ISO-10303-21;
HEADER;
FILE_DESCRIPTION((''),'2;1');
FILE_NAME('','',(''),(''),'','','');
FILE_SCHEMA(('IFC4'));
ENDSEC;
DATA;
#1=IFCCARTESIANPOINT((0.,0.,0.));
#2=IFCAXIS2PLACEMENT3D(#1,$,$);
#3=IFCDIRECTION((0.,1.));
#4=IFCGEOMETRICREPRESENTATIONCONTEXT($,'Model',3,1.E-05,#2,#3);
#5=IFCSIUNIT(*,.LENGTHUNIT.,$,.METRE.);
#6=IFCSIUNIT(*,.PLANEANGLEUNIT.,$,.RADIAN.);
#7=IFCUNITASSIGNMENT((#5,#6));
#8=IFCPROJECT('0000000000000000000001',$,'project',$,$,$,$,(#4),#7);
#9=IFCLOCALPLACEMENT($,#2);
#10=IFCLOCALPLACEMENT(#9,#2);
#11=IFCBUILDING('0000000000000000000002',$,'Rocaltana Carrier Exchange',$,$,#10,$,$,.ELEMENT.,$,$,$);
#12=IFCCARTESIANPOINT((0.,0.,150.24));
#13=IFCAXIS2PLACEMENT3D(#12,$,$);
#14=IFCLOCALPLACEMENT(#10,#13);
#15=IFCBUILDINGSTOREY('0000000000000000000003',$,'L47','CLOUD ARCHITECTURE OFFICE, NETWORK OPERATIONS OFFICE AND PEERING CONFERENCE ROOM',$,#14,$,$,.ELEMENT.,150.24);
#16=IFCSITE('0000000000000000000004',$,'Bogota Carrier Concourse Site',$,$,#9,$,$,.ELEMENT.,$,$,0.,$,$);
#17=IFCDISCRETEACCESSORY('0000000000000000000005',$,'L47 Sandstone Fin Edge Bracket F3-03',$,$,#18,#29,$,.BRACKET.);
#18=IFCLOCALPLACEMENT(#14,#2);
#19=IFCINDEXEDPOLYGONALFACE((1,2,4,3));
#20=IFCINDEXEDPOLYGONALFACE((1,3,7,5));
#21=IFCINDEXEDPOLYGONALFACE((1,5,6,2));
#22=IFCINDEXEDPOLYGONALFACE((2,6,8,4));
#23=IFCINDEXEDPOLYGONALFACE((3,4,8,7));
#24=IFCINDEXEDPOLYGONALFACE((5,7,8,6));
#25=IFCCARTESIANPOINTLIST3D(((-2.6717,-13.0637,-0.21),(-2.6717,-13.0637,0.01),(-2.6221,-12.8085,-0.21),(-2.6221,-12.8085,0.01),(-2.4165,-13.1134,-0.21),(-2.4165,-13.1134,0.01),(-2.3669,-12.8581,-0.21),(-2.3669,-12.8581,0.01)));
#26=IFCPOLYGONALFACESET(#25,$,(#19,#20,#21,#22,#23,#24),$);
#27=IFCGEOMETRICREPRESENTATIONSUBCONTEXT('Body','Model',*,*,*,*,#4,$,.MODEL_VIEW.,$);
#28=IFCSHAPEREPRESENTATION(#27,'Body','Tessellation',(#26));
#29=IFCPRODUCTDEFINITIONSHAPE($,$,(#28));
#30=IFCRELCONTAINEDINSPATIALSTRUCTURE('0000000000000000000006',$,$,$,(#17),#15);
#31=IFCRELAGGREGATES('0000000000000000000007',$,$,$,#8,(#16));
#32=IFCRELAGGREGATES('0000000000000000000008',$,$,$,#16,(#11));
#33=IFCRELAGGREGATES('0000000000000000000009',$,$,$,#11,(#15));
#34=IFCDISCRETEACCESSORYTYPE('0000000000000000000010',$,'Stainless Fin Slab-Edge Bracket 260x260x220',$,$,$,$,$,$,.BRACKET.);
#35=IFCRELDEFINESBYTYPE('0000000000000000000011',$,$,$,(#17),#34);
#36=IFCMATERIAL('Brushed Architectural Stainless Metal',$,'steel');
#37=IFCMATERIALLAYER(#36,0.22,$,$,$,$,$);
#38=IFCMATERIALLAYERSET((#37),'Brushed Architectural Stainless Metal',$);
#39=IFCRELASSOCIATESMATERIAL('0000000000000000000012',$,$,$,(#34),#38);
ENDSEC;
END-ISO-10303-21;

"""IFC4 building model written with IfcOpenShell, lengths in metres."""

from ifc_helpers import new_model, si_unit, direction, frame, origin, origin_2d, place, context, subcontext, project, spatial, rectangle, extrude, material, layer, layer_set, type_object, element, save


model = new_model("IFC4")

# Units and contexts
model_context = context("Model", 3, precision=1e-05, world=origin(), true_north=direction((0.0, 1.0)))
body_context = subcontext(model_context, "Body", "Model", "MODEL_VIEW")
ifc_project = project(units=[si_unit("LENGTHUNIT", "METRE"), si_unit("PLANEANGLEUNIT", "RADIAN")], contexts=[model_context])

# Site, building, storey
site_placement = place(None, origin())
site = spatial("IfcSite", under=ifc_project, at=site_placement, Name="Bogota Carrier Concourse Site", CompositionType="ELEMENT", RefElevation=0.0)
building_placement = place(site_placement, origin())
building = spatial("IfcBuilding", under=site, at=building_placement, Name="Rocaltana Carrier Exchange", CompositionType="ELEMENT")
storey_placement = place(building_placement, frame((0.0, 0.0, 150.24)))
storey = spatial("IfcBuildingStorey", under=building, at=storey_placement, Name="L47", Description="CLOUD ARCHITECTURE OFFICE, NETWORK OPERATIONS OFFICE AND PEERING CONFERENCE ROOM", CompositionType="ELEMENT", Elevation=150.24)

# Discrete accessory
ifc_material_1 = material(Name="Brushed Architectural Stainless Metal", Category="steel")
ifc_layer_1 = layer(ifc_material_1, 0.22)
ifc_layer_set_1 = layer_set([ifc_layer_1], Name="Brushed Architectural Stainless Metal")
discrete_accessory_type = type_object("IfcDiscreteAccessoryType", Name="Stainless Fin Slab-Edge Bracket 260x260x220", PredefinedType="BRACKET", material=ifc_layer_set_1)
discrete_accessory_placement = place(storey_placement, frame((-2.5193, -12.9609, -0.21), z_axis=(0.0, 0.0, 1.0), x_axis=(0.981627, -0.190809, 0.0)))
element("IfcDiscreteAccessory", 1, at=discrete_accessory_placement, inside=storey, type_object=discrete_accessory_type, Name="L47 Sandstone Fin Edge Bracket F3-03", PredefinedType="BRACKET", context=body_context, shape_type="SweptSolid", body=[
    extrude(rectangle(XDim=0.26, YDim=0.26, at=origin_2d()), origin(), (0.0, 0.0, 1.0), 0.22),
])

save(model, "model.ifc")
